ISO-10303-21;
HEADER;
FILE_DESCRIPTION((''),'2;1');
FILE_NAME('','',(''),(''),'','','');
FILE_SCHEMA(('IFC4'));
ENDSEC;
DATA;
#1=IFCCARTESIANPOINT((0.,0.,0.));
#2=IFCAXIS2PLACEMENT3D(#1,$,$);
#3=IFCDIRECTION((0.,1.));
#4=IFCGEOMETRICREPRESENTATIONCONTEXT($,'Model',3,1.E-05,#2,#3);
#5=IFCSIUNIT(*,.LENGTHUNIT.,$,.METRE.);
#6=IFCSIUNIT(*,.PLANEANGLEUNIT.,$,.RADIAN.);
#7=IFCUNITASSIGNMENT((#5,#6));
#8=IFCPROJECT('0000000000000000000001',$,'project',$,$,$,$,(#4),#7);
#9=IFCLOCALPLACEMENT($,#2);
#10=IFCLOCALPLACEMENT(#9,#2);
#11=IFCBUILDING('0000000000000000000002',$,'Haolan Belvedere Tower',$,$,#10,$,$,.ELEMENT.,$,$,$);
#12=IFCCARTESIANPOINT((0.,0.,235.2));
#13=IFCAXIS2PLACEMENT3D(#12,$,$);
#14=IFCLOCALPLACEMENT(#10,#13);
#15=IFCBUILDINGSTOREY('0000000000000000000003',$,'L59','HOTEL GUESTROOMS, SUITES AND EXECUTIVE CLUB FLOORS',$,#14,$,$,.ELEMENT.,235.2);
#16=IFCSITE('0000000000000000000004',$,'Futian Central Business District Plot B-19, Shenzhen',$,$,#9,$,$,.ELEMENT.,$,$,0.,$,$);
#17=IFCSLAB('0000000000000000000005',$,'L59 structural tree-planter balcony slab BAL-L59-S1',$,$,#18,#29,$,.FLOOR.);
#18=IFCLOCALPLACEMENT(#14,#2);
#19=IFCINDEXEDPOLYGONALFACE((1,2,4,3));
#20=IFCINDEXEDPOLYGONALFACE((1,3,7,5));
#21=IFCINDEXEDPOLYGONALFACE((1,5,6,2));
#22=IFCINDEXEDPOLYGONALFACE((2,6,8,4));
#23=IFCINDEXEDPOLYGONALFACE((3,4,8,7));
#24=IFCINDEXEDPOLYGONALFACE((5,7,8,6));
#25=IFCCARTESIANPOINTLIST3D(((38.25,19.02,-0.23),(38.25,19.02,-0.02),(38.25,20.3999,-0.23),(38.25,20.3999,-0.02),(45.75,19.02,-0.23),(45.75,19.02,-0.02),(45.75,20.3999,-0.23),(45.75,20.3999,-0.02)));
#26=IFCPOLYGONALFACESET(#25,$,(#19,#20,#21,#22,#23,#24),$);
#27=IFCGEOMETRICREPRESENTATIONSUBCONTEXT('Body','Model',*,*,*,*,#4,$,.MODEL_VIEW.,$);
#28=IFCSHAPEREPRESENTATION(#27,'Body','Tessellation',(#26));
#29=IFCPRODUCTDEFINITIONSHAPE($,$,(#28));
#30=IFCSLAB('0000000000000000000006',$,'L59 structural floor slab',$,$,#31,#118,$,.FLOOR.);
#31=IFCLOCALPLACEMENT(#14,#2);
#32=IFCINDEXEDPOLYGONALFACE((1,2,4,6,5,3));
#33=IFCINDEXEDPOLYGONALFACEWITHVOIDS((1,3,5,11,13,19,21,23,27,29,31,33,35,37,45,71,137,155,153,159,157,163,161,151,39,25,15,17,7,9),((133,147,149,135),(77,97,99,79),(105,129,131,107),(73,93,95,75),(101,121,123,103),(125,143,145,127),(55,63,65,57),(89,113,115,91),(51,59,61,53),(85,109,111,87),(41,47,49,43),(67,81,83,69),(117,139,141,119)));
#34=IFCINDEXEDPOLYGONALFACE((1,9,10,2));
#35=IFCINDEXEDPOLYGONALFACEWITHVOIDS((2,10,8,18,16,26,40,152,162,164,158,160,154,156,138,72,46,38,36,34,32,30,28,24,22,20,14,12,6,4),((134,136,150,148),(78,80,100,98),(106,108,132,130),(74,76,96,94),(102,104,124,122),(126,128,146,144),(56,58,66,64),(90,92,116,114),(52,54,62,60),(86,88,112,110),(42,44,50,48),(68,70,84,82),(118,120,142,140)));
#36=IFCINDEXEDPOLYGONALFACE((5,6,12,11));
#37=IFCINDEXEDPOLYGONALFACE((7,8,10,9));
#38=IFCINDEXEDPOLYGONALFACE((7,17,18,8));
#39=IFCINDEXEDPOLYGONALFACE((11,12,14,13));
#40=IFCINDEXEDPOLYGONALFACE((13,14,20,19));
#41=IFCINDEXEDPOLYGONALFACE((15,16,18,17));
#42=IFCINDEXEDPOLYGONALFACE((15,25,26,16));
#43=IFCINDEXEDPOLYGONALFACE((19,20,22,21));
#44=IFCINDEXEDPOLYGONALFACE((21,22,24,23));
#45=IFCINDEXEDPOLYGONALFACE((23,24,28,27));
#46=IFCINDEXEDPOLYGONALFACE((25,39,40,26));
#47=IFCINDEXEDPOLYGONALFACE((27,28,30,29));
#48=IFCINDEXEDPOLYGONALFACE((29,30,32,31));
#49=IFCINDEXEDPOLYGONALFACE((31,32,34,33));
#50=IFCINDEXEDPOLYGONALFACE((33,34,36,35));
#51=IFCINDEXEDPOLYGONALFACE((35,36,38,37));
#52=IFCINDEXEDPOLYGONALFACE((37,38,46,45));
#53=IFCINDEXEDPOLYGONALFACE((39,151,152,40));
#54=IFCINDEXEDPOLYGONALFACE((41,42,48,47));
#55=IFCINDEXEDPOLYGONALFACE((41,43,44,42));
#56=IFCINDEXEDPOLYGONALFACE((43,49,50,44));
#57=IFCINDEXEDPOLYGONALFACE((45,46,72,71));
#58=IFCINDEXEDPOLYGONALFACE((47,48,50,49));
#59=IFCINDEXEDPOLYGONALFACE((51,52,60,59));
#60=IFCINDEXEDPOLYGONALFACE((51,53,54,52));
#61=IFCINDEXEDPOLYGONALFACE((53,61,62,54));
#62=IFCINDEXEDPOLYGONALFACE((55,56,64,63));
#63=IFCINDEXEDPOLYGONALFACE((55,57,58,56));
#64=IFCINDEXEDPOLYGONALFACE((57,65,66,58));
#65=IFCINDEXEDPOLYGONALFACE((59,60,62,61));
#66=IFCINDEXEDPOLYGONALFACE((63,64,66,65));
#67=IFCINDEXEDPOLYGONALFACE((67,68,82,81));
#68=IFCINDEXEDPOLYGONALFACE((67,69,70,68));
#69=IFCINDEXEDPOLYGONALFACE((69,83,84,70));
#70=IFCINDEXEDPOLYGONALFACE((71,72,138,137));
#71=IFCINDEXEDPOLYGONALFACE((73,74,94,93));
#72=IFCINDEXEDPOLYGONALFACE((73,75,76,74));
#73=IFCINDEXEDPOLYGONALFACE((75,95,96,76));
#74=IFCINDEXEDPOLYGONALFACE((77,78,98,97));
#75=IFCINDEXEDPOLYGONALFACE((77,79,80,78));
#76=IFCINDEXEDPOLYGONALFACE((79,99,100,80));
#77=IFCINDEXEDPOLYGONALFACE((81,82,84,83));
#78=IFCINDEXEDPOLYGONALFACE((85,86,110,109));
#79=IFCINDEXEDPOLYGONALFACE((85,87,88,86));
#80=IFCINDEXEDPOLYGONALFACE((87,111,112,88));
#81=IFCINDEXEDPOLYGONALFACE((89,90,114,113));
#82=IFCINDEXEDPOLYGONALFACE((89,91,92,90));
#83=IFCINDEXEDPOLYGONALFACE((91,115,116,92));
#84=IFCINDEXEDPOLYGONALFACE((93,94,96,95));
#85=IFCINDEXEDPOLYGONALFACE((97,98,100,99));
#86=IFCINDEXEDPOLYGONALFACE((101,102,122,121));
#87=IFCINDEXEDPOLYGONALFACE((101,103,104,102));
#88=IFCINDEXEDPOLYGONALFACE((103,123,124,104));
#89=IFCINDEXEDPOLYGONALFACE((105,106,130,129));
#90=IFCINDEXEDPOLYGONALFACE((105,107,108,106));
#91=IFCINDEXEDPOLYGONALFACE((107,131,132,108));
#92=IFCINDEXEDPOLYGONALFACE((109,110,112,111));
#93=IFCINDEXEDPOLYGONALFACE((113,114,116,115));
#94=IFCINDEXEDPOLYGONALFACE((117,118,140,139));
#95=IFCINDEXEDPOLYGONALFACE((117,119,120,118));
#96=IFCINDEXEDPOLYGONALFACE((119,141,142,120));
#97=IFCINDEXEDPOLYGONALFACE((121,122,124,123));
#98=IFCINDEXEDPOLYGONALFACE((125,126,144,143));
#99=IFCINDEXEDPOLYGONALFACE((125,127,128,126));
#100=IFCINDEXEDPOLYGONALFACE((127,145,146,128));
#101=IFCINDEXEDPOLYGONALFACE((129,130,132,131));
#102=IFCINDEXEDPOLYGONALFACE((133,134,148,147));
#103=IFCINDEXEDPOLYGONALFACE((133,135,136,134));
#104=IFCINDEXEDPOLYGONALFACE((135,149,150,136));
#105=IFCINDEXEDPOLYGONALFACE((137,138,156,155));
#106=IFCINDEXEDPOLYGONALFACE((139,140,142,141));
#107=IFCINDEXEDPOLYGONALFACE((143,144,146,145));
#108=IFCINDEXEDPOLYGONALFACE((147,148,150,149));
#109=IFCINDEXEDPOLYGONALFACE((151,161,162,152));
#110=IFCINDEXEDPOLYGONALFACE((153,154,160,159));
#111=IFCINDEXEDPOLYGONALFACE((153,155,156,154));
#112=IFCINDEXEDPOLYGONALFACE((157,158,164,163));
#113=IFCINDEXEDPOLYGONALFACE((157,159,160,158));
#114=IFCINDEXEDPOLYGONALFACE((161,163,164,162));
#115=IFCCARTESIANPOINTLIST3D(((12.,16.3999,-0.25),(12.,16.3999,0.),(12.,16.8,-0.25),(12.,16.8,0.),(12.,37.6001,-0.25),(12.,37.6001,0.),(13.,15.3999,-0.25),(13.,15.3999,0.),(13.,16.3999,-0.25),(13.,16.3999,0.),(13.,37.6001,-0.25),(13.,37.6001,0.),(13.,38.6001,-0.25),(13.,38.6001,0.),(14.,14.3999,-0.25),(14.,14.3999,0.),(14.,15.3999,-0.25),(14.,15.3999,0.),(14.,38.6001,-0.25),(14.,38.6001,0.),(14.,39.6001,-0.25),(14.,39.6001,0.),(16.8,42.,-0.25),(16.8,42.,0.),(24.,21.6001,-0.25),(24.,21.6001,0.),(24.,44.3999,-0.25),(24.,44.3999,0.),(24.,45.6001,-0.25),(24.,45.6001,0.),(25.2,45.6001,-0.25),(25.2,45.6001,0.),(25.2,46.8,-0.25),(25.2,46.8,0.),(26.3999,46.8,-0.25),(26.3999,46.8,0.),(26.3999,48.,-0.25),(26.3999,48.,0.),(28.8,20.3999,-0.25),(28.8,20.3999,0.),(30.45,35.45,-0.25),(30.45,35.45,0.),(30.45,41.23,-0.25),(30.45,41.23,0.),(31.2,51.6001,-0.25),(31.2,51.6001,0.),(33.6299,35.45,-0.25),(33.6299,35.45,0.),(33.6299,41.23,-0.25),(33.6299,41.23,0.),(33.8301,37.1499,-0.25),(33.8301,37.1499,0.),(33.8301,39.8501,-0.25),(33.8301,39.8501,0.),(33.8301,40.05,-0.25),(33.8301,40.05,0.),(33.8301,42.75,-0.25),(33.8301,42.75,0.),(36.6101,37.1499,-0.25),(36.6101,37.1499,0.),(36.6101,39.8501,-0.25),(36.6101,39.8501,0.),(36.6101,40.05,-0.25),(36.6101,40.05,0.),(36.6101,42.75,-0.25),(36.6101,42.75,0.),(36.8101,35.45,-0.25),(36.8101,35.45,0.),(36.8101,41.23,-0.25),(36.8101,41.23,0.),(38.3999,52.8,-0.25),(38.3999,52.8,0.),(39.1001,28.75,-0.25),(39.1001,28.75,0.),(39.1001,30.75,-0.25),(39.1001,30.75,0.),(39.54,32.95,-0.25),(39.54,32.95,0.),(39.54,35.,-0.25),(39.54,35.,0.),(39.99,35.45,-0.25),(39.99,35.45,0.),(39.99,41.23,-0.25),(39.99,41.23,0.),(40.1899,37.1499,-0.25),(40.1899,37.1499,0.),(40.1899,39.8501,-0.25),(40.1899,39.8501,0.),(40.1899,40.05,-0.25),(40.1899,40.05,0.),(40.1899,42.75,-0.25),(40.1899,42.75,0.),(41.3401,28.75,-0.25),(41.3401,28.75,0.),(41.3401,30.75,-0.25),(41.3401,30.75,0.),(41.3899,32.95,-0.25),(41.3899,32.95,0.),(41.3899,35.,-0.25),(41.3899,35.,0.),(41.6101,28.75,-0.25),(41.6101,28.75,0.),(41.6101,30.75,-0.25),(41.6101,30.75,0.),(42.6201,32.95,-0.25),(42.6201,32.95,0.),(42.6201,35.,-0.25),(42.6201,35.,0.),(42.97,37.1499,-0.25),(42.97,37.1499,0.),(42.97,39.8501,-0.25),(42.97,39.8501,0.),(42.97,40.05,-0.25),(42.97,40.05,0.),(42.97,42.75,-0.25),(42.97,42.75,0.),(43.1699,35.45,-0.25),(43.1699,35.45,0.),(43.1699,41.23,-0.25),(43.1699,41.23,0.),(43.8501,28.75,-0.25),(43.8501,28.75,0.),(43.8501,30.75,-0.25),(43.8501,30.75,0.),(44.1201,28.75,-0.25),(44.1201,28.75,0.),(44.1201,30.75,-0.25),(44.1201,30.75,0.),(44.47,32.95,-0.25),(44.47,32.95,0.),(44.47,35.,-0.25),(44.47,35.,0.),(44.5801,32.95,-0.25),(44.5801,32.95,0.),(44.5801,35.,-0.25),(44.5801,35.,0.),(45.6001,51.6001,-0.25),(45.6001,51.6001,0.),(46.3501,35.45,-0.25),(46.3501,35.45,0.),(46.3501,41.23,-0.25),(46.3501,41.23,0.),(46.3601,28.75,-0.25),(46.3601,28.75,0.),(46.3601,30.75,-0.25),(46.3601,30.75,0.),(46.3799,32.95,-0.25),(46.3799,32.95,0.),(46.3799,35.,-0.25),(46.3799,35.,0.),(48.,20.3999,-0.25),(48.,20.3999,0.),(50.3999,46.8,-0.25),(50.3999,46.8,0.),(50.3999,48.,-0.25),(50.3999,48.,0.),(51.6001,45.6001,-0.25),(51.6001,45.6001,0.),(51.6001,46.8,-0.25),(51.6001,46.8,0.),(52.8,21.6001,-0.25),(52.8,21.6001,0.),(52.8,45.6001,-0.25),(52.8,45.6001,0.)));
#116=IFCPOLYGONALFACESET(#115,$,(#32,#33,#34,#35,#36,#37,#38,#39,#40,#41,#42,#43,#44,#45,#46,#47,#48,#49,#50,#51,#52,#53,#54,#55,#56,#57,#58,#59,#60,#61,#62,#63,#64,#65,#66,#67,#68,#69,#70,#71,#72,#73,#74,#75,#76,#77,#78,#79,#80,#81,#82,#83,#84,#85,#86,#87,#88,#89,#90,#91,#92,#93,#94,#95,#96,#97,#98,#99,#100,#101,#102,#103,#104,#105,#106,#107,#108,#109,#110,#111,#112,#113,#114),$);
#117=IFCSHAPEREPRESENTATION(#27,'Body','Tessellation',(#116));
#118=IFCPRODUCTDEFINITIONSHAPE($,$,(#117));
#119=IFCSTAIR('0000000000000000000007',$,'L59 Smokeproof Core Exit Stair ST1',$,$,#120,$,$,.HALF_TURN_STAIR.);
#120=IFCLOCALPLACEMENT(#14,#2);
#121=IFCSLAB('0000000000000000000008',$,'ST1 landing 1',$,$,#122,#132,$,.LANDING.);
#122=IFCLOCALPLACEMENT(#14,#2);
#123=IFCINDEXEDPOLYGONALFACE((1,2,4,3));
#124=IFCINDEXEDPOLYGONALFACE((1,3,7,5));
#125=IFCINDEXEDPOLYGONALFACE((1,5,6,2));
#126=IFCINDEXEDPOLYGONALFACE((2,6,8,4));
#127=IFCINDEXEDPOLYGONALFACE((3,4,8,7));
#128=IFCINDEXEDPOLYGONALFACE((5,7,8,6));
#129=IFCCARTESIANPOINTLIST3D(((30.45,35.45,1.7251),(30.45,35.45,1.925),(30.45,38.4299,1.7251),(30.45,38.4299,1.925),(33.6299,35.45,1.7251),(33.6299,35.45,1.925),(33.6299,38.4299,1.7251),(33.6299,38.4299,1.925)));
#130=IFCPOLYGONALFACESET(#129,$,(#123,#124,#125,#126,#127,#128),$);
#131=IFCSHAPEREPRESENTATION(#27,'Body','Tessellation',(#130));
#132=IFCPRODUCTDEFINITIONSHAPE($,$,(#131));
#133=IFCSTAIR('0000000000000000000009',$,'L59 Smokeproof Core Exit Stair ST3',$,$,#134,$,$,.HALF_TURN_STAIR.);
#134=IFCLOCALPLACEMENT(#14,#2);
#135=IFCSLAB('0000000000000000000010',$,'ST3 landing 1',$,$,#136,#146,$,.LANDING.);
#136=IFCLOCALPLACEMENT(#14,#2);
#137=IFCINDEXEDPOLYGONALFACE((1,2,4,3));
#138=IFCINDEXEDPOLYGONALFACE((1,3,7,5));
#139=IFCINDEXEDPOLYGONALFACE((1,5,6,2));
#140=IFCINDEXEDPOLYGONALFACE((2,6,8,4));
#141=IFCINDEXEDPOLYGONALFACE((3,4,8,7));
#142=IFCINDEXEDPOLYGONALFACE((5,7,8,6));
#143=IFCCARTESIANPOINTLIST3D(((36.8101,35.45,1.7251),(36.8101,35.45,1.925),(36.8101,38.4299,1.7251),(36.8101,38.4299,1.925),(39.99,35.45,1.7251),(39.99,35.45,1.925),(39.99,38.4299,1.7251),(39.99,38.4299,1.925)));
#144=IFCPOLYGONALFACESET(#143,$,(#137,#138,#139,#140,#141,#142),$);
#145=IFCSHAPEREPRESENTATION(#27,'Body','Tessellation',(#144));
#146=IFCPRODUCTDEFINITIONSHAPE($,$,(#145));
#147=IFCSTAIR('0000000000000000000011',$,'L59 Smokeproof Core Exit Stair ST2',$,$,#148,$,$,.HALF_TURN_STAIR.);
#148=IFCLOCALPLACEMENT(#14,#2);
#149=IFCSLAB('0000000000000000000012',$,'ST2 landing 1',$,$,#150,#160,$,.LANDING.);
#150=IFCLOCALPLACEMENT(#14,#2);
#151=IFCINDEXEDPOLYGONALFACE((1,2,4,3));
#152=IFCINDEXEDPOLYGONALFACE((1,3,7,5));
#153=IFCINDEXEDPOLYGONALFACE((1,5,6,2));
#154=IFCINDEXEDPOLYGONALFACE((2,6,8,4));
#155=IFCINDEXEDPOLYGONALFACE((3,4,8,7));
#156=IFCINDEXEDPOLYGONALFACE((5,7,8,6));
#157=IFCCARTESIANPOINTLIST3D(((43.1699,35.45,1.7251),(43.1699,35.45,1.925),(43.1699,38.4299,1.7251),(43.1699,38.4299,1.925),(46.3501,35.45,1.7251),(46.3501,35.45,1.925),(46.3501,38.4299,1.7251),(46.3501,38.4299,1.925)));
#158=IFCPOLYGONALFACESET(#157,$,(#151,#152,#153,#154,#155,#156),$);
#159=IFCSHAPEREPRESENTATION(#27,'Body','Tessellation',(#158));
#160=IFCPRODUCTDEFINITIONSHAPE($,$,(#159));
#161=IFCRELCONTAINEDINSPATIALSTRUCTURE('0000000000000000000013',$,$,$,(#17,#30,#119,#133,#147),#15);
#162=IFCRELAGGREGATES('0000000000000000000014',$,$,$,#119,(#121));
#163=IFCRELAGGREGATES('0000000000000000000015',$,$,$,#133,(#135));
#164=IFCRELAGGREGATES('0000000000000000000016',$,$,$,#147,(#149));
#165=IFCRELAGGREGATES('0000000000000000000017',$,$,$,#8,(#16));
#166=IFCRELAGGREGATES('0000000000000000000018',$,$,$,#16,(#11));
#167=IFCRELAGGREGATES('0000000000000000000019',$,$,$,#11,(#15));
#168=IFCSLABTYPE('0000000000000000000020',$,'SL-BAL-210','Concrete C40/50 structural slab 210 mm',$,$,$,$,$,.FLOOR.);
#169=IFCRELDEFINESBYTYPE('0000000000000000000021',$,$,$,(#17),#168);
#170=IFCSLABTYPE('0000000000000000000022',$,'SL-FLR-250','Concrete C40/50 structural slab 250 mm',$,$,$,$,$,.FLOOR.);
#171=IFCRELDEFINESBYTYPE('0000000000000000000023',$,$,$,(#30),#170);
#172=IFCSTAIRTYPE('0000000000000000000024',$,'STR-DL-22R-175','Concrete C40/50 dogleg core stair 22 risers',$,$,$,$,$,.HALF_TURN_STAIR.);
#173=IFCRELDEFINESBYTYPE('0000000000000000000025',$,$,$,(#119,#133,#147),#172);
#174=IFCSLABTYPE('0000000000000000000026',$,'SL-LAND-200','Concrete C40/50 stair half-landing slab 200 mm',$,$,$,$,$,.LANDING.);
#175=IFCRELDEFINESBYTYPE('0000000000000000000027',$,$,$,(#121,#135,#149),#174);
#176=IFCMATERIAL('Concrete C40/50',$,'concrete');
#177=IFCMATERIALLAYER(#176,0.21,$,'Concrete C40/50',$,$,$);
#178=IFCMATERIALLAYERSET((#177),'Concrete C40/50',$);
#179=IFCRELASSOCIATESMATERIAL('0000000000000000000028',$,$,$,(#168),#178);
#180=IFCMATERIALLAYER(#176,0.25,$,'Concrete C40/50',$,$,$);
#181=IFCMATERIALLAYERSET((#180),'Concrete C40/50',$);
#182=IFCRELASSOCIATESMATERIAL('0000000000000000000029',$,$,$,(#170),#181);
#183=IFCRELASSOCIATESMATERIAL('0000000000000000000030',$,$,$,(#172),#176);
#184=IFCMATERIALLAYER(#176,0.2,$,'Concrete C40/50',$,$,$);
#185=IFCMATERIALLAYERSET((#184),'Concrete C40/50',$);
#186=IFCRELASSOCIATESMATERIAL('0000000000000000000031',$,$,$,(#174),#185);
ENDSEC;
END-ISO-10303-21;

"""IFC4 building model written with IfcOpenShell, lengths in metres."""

from ifc_helpers import new_model, si_unit, direction, frame, origin, place, context, subcontext, project, spatial, polyline, outline, extrude, material, layer, layer_set, type_object, element, aggregate, save


model = new_model("IFC4")

# Units and contexts
model_context = context("Model", 3, precision=1e-05, world=origin(), true_north=direction((0.0, 1.0)))
body_context = subcontext(model_context, "Body", "Model", "MODEL_VIEW")
ifc_project = project(units=[si_unit("LENGTHUNIT", "METRE"), si_unit("PLANEANGLEUNIT", "RADIAN")], contexts=[model_context])

# Site, building, storey
site_placement = place(None, origin())
site = spatial("IfcSite", under=ifc_project, at=site_placement, Name="Futian Central Business District Plot B-19, Shenzhen", CompositionType="ELEMENT", RefElevation=0.0)
building_placement = place(site_placement, origin())
building = spatial("IfcBuilding", under=site, at=building_placement, Name="Haolan Belvedere Tower", CompositionType="ELEMENT")
storey_placement = place(building_placement, frame((0.0, 0.0, 235.2)))
storey = spatial("IfcBuildingStorey", under=building, at=storey_placement, Name="L59", Description="HOTEL GUESTROOMS, SUITES AND EXECUTIVE CLUB FLOORS", CompositionType="ELEMENT", Elevation=235.2)

# Slabs
ifc_material_1 = material(Name="Concrete C40/50", Category="concrete")
ifc_layer_1 = layer(ifc_material_1, 0.21, Name="Concrete C40/50")
ifc_layer_set_1 = layer_set([ifc_layer_1], Name="Concrete C40/50")
slab_type_1 = type_object("IfcSlabType", Name="SL-BAL-210", Description="Concrete C40/50 structural slab 210 mm", PredefinedType="FLOOR", material=ifc_layer_set_1)
slab_1_placement = place(storey_placement, frame((0.0, 0.0, -0.23)))
element("IfcSlab", 1, at=slab_1_placement, inside=storey, type_object=slab_type_1, Name="L59 structural tree-planter balcony slab BAL-L59-S1", PredefinedType="FLOOR", context=body_context, shape_type="SweptSolid", body=[
    extrude(outline(polyline([(38.25, 19.02), (45.75, 19.02), (45.75, 20.3999), (38.25, 20.3999), (38.25, 19.02)])), origin(), (0.0, 0.0, 1.0), 0.21),
])
ifc_layer_2 = layer(ifc_material_1, 0.25, Name="Concrete C40/50")
ifc_layer_set_2 = layer_set([ifc_layer_2], Name="Concrete C40/50")
slab_type_2 = type_object("IfcSlabType", Name="SL-FLR-250", Description="Concrete C40/50 structural slab 250 mm", PredefinedType="FLOOR", material=ifc_layer_set_2)
slab_2_placement = place(storey_placement, frame((0.0, 0.0, -0.25)))
element("IfcSlab", 2, at=slab_2_placement, inside=storey, type_object=slab_type_2, Name="L59 structural floor slab", PredefinedType="FLOOR", context=body_context, shape_type="SweptSolid", body=[
    extrude(outline(polyline([(24.0, 21.6001), (28.8, 20.3999), (48.0, 20.3999), (52.8, 21.6001), (52.8, 45.6001), (51.6001, 45.6001), (51.6001, 46.8), (50.3999, 46.8), (50.3999, 48.0), (45.6001, 51.6001), (38.3999, 52.8), (31.2, 51.6001), (26.3999, 48.0), (26.3999, 46.8), (25.2, 46.8), (25.2, 45.6001), (24.0, 45.6001), (24.0, 44.3999), (16.8, 42.0), (14.0, 39.6001), (14.0, 38.6001), (13.0, 38.6001), (13.0, 37.6001), (12.0, 37.6001), (12.0, 16.8), (12.0, 16.3999), (13.0, 16.3999), (13.0, 15.3999), (14.0, 15.3999), (14.0, 14.3999), (24.0, 21.6001)]), holes=[polyline([(30.45, 41.23), (30.45, 35.45), (33.6299, 35.45), (33.6299, 41.23), (30.45, 41.23)]), polyline([(36.8101, 41.23), (36.8101, 35.45), (39.99, 35.45), (39.99, 41.23), (36.8101, 41.23)]), polyline([(43.1699, 41.23), (43.1699, 35.45), (46.3501, 35.45), (46.3501, 41.23), (43.1699, 41.23)]), polyline([(33.8301, 40.05), (36.6101, 40.05), (36.6101, 42.75), (33.8301, 42.75), (33.8301, 40.05)]), polyline([(33.8301, 37.1499), (36.6101, 37.1499), (36.6101, 39.8501), (33.8301, 39.8501), (33.8301, 37.1499)]), polyline([(40.1899, 40.05), (42.97, 40.05), (42.97, 42.75), (40.1899, 42.75), (40.1899, 40.05)]), polyline([(40.1899, 37.1499), (42.97, 37.1499), (42.97, 39.8501), (40.1899, 39.8501), (40.1899, 37.1499)]), polyline([(39.54, 32.95), (41.3899, 32.95), (41.3899, 35.0), (39.54, 35.0), (39.54, 32.95)]), polyline([(42.6201, 32.95), (44.47, 32.95), (44.47, 35.0), (42.6201, 35.0), (42.6201, 32.95)]), polyline([(44.5801, 32.95), (46.3799, 32.95), (46.3799, 35.0), (44.5801, 35.0), (44.5801, 32.95)]), polyline([(39.1001, 28.75), (41.3401, 28.75), (41.3401, 30.75), (39.1001, 30.75), (39.1001, 28.75)]), polyline([(41.6101, 28.75), (43.8501, 28.75), (43.8501, 30.75), (41.6101, 30.75), (41.6101, 28.75)]), polyline([(44.1201, 28.75), (46.3601, 28.75), (46.3601, 30.75), (44.1201, 30.75), (44.1201, 28.75)])]), origin(), (0.0, 0.0, 1.0), 0.25),
])

# Stairs, slabs
stair_type = type_object("IfcStairType", Name="STR-DL-22R-175", Description="Concrete C40/50 dogleg core stair 22 risers", PredefinedType="HALF_TURN_STAIR", material=ifc_material_1)
stair_1_placement = place(storey_placement, origin())
stair_1 = element("IfcStair", 3, at=stair_1_placement, inside=storey, type_object=stair_type, Name="L59 Smokeproof Core Exit Stair ST1", PredefinedType="HALF_TURN_STAIR")
ifc_layer_3 = layer(ifc_material_1, 0.2, Name="Concrete C40/50")
ifc_layer_set_3 = layer_set([ifc_layer_3], Name="Concrete C40/50")
slab_type_3 = type_object("IfcSlabType", Name="SL-LAND-200", Description="Concrete C40/50 stair half-landing slab 200 mm", PredefinedType="LANDING", material=ifc_layer_set_3)
slab_3_placement = place(storey_placement, frame((0.0, 0.0, 1.7251)))
slab_3 = element("IfcSlab", 4, at=slab_3_placement, type_object=slab_type_3, Name="ST1 landing 1", PredefinedType="LANDING", context=body_context, shape_type="SweptSolid", body=[
    extrude(outline(polyline([(30.45, 38.4299), (30.45, 35.45), (33.6299, 35.45), (33.6299, 38.4299), (30.45, 38.4299)])), origin(), (0.0, 0.0, 1.0), 0.2),
])
aggregate(stair_1, [slab_3])
stair_2_placement = place(storey_placement, origin())
stair_2 = element("IfcStair", 5, at=stair_2_placement, inside=storey, type_object=stair_type, Name="L59 Smokeproof Core Exit Stair ST3", PredefinedType="HALF_TURN_STAIR")
slab_4_placement = place(storey_placement, frame((0.0, 0.0, 1.7251)))
slab_4 = element("IfcSlab", 6, at=slab_4_placement, type_object=slab_type_3, Name="ST3 landing 1", PredefinedType="LANDING", context=body_context, shape_type="SweptSolid", body=[
    extrude(outline(polyline([(36.8101, 38.4299), (36.8101, 35.45), (39.99, 35.45), (39.99, 38.4299), (36.8101, 38.4299)])), origin(), (0.0, 0.0, 1.0), 0.2),
])
aggregate(stair_2, [slab_4])
stair_3_placement = place(storey_placement, origin())
stair_3 = element("IfcStair", 7, at=stair_3_placement, inside=storey, type_object=stair_type, Name="L59 Smokeproof Core Exit Stair ST2", PredefinedType="HALF_TURN_STAIR")
slab_5_placement = place(storey_placement, frame((0.0, 0.0, 1.7251)))
slab_5 = element("IfcSlab", 8, at=slab_5_placement, type_object=slab_type_3, Name="ST2 landing 1", PredefinedType="LANDING", context=body_context, shape_type="SweptSolid", body=[
    extrude(outline(polyline([(43.1699, 38.4299), (43.1699, 35.45), (46.3501, 35.45), (46.3501, 38.4299), (43.1699, 38.4299)])), origin(), (0.0, 0.0, 1.0), 0.2),
])
aggregate(stair_3, [slab_5])

save(model, "model.ifc")
